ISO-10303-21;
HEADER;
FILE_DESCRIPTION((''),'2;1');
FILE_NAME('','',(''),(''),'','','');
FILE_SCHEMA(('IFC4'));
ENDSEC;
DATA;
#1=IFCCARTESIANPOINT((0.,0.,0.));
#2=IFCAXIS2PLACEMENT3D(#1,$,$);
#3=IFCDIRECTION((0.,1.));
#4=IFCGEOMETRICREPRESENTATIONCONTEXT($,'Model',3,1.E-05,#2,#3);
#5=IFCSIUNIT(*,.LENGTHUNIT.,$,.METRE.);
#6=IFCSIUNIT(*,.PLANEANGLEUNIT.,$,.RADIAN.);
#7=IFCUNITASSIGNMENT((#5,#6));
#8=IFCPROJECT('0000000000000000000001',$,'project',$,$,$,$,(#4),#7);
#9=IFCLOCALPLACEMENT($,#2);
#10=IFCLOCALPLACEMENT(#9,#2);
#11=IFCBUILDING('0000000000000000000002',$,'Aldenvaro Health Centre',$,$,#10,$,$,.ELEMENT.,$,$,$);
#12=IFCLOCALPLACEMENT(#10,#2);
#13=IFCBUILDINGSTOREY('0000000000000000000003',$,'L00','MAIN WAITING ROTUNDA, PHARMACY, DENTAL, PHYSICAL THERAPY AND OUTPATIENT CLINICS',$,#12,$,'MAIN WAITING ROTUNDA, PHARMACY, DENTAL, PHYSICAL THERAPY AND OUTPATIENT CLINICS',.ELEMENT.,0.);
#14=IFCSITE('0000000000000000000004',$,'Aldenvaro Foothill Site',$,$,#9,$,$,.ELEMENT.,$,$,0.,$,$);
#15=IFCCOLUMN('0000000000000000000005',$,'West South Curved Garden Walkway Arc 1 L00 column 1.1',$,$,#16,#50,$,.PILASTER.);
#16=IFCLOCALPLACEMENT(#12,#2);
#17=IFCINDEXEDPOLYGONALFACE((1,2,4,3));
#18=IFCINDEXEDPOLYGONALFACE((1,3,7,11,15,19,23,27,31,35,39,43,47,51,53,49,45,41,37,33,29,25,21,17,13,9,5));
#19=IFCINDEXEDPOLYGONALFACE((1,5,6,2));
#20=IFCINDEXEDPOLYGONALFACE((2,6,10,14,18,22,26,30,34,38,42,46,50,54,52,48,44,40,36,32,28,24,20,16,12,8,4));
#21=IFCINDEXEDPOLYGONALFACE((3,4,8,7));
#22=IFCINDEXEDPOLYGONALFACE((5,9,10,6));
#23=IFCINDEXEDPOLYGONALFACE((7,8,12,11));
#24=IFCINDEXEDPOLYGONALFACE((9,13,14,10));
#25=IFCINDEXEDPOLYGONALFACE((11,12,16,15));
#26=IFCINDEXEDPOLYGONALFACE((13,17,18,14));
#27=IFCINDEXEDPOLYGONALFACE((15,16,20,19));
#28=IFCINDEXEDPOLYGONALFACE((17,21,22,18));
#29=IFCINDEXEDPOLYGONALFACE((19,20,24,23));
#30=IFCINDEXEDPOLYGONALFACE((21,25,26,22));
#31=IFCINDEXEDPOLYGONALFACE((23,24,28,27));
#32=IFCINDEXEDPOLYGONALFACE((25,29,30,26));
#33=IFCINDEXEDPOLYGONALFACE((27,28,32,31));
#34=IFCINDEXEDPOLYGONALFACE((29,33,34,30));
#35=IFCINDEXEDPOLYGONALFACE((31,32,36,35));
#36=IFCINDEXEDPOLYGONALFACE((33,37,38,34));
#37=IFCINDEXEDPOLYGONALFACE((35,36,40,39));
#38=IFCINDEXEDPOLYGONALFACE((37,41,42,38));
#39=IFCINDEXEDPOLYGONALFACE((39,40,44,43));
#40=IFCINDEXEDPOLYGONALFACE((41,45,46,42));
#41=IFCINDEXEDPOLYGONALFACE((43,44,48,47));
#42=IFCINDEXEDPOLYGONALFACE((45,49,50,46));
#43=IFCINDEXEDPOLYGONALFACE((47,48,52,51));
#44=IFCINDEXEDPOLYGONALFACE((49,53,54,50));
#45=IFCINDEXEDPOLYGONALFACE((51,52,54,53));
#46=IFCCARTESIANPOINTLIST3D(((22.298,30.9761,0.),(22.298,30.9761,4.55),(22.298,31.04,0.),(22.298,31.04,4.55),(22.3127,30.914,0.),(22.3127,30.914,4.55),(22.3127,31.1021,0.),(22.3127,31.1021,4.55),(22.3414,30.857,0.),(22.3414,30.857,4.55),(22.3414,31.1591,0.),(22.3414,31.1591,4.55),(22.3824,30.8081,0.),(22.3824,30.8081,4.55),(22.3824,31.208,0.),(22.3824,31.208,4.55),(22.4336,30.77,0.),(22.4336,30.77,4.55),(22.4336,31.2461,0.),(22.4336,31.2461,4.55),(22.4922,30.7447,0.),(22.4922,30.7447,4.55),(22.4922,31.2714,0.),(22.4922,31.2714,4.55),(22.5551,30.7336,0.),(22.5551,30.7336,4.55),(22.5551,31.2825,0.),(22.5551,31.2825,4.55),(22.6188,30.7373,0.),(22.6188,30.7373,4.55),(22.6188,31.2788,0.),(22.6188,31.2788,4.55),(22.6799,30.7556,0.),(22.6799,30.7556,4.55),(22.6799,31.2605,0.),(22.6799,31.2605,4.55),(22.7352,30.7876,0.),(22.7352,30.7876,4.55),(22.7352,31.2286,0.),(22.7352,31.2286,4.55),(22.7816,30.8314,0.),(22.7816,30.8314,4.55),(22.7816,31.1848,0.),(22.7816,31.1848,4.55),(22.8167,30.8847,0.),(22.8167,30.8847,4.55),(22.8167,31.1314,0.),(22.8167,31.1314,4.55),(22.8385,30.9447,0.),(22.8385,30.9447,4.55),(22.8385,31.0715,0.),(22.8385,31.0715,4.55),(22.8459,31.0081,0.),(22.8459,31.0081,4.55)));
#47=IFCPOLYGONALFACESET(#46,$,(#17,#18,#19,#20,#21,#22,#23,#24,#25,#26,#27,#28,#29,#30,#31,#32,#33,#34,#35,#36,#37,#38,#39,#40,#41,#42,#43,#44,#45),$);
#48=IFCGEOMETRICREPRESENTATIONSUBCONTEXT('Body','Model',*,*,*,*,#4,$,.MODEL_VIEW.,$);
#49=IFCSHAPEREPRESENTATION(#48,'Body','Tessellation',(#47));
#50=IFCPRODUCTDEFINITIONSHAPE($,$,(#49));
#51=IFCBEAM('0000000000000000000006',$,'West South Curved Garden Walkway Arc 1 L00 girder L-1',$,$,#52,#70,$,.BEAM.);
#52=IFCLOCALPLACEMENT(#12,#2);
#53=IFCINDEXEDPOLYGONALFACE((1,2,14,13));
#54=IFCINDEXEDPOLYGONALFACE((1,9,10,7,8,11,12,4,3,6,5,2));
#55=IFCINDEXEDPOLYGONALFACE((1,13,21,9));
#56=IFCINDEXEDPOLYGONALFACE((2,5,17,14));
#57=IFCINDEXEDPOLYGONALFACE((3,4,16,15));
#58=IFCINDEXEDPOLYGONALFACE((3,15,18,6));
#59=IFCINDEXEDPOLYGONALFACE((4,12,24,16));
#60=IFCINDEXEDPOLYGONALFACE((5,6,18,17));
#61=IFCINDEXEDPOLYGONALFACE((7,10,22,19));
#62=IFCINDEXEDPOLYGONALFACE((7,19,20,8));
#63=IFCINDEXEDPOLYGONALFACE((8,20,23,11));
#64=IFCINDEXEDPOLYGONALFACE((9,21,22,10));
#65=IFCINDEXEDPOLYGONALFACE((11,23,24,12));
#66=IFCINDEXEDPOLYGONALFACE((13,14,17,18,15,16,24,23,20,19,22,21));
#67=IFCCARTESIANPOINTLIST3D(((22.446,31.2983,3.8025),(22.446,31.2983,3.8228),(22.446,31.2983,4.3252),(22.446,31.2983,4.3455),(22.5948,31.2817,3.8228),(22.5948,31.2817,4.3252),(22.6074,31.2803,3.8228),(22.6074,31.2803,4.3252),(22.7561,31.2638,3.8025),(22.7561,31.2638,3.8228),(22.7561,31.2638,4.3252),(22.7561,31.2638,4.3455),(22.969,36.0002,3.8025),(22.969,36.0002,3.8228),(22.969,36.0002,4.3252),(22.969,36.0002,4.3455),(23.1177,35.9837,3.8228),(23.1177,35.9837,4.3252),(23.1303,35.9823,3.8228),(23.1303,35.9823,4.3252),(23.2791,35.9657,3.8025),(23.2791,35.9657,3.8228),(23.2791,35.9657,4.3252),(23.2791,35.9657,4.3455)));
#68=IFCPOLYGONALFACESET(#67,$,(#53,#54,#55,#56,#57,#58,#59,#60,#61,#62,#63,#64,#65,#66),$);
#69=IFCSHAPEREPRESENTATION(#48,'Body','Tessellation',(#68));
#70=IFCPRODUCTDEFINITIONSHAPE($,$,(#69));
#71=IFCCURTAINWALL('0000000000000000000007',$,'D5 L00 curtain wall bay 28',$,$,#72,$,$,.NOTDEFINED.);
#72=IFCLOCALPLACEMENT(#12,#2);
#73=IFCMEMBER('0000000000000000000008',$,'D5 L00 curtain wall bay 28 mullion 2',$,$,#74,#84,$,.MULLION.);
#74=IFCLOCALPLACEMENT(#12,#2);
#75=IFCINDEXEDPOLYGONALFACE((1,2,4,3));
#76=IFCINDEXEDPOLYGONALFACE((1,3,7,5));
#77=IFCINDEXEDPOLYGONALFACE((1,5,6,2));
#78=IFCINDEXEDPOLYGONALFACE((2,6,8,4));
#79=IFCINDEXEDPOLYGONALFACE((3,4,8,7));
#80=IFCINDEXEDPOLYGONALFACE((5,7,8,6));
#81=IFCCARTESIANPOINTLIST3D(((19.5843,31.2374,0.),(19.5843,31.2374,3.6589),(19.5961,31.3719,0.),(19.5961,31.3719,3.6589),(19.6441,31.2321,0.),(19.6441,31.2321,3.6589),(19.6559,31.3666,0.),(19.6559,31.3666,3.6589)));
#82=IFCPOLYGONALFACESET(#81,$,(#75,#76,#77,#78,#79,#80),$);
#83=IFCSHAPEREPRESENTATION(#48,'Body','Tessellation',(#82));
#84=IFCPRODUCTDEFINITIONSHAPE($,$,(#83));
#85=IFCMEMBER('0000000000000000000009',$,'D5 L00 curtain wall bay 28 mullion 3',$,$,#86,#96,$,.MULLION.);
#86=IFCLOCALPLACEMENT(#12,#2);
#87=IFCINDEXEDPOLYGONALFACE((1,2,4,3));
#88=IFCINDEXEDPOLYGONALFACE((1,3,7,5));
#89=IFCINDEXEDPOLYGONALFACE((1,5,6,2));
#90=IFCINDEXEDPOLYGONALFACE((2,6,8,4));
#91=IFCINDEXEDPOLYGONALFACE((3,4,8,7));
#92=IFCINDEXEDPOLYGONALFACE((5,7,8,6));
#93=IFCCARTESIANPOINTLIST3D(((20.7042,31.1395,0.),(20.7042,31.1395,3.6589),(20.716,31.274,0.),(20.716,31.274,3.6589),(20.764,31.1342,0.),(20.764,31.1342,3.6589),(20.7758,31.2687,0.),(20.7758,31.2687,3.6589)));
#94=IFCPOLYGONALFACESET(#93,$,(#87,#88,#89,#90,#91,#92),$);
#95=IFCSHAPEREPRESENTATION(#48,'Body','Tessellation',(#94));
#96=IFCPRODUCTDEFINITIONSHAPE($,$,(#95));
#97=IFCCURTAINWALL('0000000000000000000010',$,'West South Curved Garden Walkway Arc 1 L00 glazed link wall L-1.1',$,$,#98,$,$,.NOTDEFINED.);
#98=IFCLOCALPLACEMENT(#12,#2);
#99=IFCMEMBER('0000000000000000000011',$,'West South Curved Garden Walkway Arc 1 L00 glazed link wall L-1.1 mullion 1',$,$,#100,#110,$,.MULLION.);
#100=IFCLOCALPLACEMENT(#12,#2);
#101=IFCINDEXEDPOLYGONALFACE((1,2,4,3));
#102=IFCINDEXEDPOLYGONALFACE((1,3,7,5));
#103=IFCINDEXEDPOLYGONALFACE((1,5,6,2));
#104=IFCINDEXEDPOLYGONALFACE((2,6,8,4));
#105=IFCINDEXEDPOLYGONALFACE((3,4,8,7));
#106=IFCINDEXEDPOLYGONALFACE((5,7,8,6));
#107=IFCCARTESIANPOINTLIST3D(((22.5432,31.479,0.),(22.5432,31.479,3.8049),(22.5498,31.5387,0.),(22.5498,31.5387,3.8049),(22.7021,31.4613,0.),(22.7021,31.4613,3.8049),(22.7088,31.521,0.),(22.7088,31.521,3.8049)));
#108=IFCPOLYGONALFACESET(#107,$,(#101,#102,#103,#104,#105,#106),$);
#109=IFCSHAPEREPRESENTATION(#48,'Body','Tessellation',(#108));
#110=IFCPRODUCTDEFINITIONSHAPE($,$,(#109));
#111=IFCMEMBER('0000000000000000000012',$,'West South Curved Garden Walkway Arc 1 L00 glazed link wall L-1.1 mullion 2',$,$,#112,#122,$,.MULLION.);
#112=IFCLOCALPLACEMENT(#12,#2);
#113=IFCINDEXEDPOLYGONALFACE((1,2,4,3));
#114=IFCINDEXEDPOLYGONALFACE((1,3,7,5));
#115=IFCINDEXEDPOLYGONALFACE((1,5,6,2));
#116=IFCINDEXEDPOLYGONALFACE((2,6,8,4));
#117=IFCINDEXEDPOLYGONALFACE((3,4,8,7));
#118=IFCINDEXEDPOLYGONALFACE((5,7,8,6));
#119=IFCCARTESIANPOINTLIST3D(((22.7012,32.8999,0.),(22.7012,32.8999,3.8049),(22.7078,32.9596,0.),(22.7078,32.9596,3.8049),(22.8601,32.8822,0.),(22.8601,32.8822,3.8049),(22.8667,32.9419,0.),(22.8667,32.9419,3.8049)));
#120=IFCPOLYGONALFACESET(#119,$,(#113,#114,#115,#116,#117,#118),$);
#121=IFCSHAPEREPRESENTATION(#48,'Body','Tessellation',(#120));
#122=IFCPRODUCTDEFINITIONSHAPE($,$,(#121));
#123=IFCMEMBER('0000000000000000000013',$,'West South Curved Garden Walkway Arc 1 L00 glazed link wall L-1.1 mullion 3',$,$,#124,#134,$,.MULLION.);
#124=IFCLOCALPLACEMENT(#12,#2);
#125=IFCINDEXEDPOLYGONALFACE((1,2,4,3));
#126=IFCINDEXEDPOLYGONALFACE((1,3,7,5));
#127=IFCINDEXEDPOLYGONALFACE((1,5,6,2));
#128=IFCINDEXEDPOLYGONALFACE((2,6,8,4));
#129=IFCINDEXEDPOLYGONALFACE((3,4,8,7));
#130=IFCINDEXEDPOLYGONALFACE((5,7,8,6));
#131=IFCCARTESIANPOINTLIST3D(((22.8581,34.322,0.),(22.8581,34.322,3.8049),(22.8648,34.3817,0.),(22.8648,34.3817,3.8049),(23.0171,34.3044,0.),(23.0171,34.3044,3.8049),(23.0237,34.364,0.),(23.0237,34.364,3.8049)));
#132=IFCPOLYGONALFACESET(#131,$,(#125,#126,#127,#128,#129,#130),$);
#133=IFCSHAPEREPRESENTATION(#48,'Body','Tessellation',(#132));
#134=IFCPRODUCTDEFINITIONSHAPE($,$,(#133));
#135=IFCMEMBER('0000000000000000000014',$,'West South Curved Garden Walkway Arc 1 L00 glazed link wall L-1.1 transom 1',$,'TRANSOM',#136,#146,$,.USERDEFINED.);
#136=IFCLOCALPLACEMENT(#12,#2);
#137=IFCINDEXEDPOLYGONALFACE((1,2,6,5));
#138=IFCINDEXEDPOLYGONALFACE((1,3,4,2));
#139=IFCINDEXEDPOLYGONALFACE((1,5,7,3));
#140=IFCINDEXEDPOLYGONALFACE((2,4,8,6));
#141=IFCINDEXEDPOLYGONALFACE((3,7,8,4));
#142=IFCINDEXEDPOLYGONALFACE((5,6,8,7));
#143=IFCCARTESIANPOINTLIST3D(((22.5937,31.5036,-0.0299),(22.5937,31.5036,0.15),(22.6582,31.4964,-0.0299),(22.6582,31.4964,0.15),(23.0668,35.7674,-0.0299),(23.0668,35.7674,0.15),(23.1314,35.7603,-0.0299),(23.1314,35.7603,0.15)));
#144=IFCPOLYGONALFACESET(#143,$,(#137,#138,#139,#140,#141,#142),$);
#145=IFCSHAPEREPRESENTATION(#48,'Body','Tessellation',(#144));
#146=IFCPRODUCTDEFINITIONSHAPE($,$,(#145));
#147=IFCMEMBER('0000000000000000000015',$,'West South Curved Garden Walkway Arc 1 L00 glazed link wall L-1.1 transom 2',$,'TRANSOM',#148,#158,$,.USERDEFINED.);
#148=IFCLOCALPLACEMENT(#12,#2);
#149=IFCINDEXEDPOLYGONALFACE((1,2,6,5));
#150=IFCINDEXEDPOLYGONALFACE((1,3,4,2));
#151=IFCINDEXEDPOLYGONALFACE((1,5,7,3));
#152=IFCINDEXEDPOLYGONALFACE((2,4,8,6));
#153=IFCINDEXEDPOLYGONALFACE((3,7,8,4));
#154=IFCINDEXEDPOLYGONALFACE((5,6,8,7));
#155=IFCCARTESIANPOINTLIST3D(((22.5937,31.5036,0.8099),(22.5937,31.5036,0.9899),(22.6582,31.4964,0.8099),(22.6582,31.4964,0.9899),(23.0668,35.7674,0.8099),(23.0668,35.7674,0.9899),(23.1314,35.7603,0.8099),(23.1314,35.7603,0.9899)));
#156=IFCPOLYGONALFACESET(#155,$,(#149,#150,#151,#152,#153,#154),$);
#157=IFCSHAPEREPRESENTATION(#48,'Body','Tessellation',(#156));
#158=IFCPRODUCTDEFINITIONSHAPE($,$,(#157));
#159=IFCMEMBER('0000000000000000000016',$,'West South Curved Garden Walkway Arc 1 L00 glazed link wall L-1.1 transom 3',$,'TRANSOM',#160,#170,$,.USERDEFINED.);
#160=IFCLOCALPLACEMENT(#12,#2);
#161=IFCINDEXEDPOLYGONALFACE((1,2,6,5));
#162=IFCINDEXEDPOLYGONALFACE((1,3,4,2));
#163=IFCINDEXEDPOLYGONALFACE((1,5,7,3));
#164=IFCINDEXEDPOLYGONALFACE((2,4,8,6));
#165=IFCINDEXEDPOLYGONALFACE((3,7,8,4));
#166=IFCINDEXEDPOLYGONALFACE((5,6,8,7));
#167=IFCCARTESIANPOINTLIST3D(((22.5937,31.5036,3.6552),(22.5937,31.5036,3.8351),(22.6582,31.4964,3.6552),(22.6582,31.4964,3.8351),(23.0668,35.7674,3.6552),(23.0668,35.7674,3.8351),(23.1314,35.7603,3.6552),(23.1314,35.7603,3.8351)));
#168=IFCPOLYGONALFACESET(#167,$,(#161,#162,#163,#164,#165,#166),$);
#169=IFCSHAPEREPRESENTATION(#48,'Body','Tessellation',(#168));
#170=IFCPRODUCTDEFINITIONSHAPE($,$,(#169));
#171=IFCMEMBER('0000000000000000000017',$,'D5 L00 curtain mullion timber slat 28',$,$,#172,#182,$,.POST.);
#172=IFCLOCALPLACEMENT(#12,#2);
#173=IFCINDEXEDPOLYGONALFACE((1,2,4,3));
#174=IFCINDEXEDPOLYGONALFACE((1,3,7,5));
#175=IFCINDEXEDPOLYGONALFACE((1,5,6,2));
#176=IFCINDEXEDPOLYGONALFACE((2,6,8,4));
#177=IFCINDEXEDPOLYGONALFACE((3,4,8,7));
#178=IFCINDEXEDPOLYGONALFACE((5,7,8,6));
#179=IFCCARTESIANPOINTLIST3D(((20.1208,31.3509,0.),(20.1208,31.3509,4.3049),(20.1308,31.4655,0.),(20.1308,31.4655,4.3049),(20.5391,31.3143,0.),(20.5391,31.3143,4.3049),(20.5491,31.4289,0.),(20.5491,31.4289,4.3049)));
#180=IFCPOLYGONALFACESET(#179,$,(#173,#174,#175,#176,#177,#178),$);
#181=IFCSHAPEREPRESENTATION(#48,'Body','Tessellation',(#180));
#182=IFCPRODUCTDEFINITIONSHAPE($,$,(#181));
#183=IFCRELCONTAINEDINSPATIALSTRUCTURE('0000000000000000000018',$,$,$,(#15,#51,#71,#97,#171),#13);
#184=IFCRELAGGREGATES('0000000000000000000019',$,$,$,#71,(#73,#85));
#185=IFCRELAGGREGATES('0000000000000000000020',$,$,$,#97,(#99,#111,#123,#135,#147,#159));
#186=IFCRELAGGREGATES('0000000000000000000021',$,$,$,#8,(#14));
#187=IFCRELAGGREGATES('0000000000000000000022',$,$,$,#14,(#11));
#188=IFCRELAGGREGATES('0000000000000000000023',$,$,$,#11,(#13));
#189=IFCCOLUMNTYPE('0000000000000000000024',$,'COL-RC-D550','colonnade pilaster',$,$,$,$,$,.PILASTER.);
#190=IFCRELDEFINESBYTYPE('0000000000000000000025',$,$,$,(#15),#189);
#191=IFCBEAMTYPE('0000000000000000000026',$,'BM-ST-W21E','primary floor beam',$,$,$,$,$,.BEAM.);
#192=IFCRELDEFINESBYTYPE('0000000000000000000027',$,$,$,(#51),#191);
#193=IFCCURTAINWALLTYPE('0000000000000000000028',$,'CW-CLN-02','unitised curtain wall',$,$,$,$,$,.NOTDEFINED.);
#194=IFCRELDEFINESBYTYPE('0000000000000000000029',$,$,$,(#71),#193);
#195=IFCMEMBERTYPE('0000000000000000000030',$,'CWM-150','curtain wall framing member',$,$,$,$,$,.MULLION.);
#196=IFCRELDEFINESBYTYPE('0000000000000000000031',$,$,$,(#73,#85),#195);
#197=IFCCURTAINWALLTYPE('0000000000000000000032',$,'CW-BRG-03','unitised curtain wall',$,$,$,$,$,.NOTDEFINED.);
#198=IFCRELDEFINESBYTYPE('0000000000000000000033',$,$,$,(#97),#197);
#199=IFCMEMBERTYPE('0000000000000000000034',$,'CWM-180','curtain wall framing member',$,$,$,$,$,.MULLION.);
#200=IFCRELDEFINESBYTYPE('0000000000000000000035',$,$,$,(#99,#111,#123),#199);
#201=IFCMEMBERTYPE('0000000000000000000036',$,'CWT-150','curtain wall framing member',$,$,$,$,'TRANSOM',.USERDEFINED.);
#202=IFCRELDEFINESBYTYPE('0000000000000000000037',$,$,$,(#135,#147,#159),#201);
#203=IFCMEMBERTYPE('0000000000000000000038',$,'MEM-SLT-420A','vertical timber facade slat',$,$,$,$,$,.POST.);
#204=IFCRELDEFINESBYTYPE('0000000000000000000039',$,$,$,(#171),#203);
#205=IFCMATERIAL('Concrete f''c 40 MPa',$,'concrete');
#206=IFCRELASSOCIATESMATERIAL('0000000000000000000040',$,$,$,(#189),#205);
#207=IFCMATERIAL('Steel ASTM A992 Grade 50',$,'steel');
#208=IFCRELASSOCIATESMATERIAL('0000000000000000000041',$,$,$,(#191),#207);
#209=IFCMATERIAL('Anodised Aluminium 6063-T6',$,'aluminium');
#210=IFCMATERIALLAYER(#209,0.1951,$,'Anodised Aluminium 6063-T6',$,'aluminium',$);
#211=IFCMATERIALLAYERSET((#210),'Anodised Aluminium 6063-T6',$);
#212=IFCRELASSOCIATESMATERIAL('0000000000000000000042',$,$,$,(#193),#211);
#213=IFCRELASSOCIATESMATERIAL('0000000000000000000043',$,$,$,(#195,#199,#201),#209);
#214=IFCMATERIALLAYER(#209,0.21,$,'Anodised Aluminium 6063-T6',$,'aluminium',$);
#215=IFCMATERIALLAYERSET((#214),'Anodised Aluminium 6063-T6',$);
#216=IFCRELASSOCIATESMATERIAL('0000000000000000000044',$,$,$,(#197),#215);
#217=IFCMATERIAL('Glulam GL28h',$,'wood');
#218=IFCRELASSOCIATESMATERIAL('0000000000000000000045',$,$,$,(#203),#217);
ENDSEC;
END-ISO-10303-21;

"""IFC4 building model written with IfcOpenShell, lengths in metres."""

from ifc_helpers import new_model, si_unit, direction, frame, origin, origin_2d, place, context, subcontext, project, spatial, rectangle, circle, i_section, extrude, material, layer, layer_set, material_profile, profile_set, type_object, element, aggregate, save


model = new_model("IFC4")

# Units and contexts
model_context = context("Model", 3, precision=1e-05, world=origin(), true_north=direction((0.0, 1.0)))
body_context = subcontext(model_context, "Body", "Model", "MODEL_VIEW")
ifc_project = project(units=[si_unit("LENGTHUNIT", "METRE"), si_unit("PLANEANGLEUNIT", "RADIAN")], contexts=[model_context])

# Site, building, storey
site_placement = place(None, origin())
site = spatial("IfcSite", under=ifc_project, at=site_placement, Name="Aldenvaro Foothill Site", CompositionType="ELEMENT", RefElevation=0.0)
building_placement = place(site_placement, origin())
building = spatial("IfcBuilding", under=site, at=building_placement, Name="Aldenvaro Health Centre", CompositionType="ELEMENT")
storey_placement = place(building_placement, origin())
storey = spatial("IfcBuildingStorey", under=building, at=storey_placement, Name="L00", Description="MAIN WAITING ROTUNDA, PHARMACY, DENTAL, PHYSICAL THERAPY AND OUTPATIENT CLINICS", LongName="MAIN WAITING ROTUNDA, PHARMACY, DENTAL, PHYSICAL THERAPY AND OUTPATIENT CLINICS", CompositionType="ELEMENT", Elevation=0.0)

# Column
ifc_material_1 = material(Name="Concrete f'c 40 MPa", Category="concrete")
ifc_material_profile_1 = material_profile(ifc_material_1, circle(Radius=0.2749, at=origin_2d()), Name="RC D550", Category="concrete")
ifc_profile_set_1 = profile_set([ifc_material_profile_1], Name="Concrete f'c 40 MPa")
column_type = type_object("IfcColumnType", Name="COL-RC-D550", Description="colonnade pilaster", PredefinedType="PILASTER", material=ifc_profile_set_1)
column_placement = place(storey_placement, frame((22.571, 31.0081, 0.0), z_axis=(0.0, 0.0, 1.0), x_axis=(1.0, 0.0, 0.0)))
element("IfcColumn", 1, at=column_placement, inside=storey, type_object=column_type, Name="West South Curved Garden Walkway Arc 1 L00 column 1.1", PredefinedType="PILASTER", context=body_context, shape_type="SweptSolid", body=[
    extrude(circle(Radius=0.2749, at=origin_2d()), origin(), (0.0, 0.0, 1.0), 4.55),
])

# Beam
ifc_material_2 = material(Name="Steel ASTM A992 Grade 50", Category="steel")
ifc_material_profile_2 = material_profile(ifc_material_2, i_section(OverallWidth=0.312, OverallDepth=0.543, WebThickness=0.0127, FlangeThickness=0.0203, at=origin_2d()), Name="W21X101", Category="steel")
ifc_profile_set_2 = profile_set([ifc_material_profile_2], Name="Steel ASTM A992 Grade 50")
beam_type = type_object("IfcBeamType", Name="BM-ST-W21E", Description="primary floor beam", PredefinedType="BEAM", material=ifc_profile_set_2)
beam_placement = place(storey_placement, frame((22.6011, 31.281, 4.074), z_axis=(0.110539, 0.993872, 0.0), x_axis=(-0.993872, 0.110539, 0.0)))
element("IfcBeam", 2, at=beam_placement, inside=storey, type_object=beam_type, Name="West South Curved Garden Walkway Arc 1 L00 girder L-1", PredefinedType="BEAM", context=body_context, shape_type="SweptSolid", body=[
    extrude(i_section(OverallWidth=0.312, OverallDepth=0.543, WebThickness=0.0127, FlangeThickness=0.0203, at=origin_2d()), origin(), (0.0, 0.0, 1.0), 4.731),
])

# Curtain walls, members
ifc_material_3 = material(Name="Anodised Aluminium 6063-T6", Category="aluminium")
ifc_layer_1 = layer(ifc_material_3, 0.1951, Name="Anodised Aluminium 6063-T6", Category="aluminium")
ifc_layer_set_1 = layer_set([ifc_layer_1], Name="Anodised Aluminium 6063-T6")
curtain_wall_type_1 = type_object("IfcCurtainWallType", Name="CW-CLN-02", Description="unitised curtain wall", PredefinedType="NOTDEFINED", material=ifc_layer_set_1)
curtain_wall_1_placement = place(storey_placement, origin())
curtain_wall_1 = element("IfcCurtainWall", 3, at=curtain_wall_1_placement, inside=storey, type_object=curtain_wall_type_1, Name="D5 L00 curtain wall bay 28", PredefinedType="NOTDEFINED")
ifc_material_profile_3 = material_profile(ifc_material_3, rectangle(XDim=0.0601, YDim=0.135, at=origin_2d()), Name="ALU 60x135", Category="aluminium")
ifc_profile_set_3 = profile_set([ifc_material_profile_3], Name="Anodised Aluminium 6063-T6")
member_type_1 = type_object("IfcMemberType", Name="CWM-150", Description="curtain wall framing member", PredefinedType="MULLION", material=ifc_profile_set_3)
member_1_placement = place(storey_placement, frame((19.6201, 31.302, 0.0), z_axis=(0.0, 0.0, 1.0), x_axis=(0.996194, -0.087167, 0.0)))
member_1 = element("IfcMember", 4, at=member_1_placement, type_object=member_type_1, Name="D5 L00 curtain wall bay 28 mullion 2", PredefinedType="MULLION", context=body_context, shape_type="SweptSolid", body=[
    extrude(rectangle(XDim=0.0601, YDim=0.135, at=origin_2d()), origin(), (0.0, 0.0, 1.0), 3.6589),
])
member_2_placement = place(storey_placement, frame((20.74, 31.2041, 0.0), z_axis=(0.0, 0.0, 1.0), x_axis=(0.996194, -0.087167, 0.0)))
member_2 = element("IfcMember", 5, at=member_2_placement, type_object=member_type_1, Name="D5 L00 curtain wall bay 28 mullion 3", PredefinedType="MULLION", context=body_context, shape_type="SweptSolid", body=[
    extrude(rectangle(XDim=0.0601, YDim=0.135, at=origin_2d()), origin(), (0.0, 0.0, 1.0), 3.6589),
])
ifc_layer_2 = layer(ifc_material_3, 0.21, Name="Anodised Aluminium 6063-T6", Category="aluminium")
ifc_layer_set_2 = layer_set([ifc_layer_2], Name="Anodised Aluminium 6063-T6")
curtain_wall_type_2 = type_object("IfcCurtainWallType", Name="CW-BRG-03", Description="unitised curtain wall", PredefinedType="NOTDEFINED", material=ifc_layer_set_2)
curtain_wall_2_placement = place(storey_placement, origin())
curtain_wall_2 = element("IfcCurtainWall", 6, at=curtain_wall_2_placement, inside=storey, type_object=curtain_wall_type_2, Name="West South Curved Garden Walkway Arc 1 L00 glazed link wall L-1.1", PredefinedType="NOTDEFINED")
ifc_material_profile_4 = material_profile(ifc_material_3, rectangle(XDim=0.0601, YDim=0.1599, at=origin_2d()), Name="ALU 60x160", Category="aluminium")
ifc_profile_set_4 = profile_set([ifc_material_profile_4], Name="Anodised Aluminium 6063-T6")
member_type_2 = type_object("IfcMemberType", Name="CWM-180", Description="curtain wall framing member", PredefinedType="MULLION", material=ifc_profile_set_4)
member_3_placement = place(storey_placement, frame((22.626, 31.5, 0.0), z_axis=(0.0, 0.0, 1.0), x_axis=(0.110252, 0.993904, 0.0)))
member_3 = element("IfcMember", 7, at=member_3_placement, type_object=member_type_2, Name="West South Curved Garden Walkway Arc 1 L00 glazed link wall L-1.1 mullion 1", PredefinedType="MULLION", context=body_context, shape_type="SweptSolid", body=[
    extrude(rectangle(XDim=0.0601, YDim=0.1599, at=origin_2d()), origin(), (0.0, 0.0, 1.0), 3.8049),
])
member_4_placement = place(storey_placement, frame((22.7839, 32.9209, 0.0), z_axis=(0.0, 0.0, 1.0), x_axis=(0.110252, 0.993904, 0.0)))
member_4 = element("IfcMember", 8, at=member_4_placement, type_object=member_type_2, Name="West South Curved Garden Walkway Arc 1 L00 glazed link wall L-1.1 mullion 2", PredefinedType="MULLION", context=body_context, shape_type="SweptSolid", body=[
    extrude(rectangle(XDim=0.0601, YDim=0.1599, at=origin_2d()), origin(), (0.0, 0.0, 1.0), 3.8049),
])
member_5_placement = place(storey_placement, frame((22.9409, 34.343, 0.0), z_axis=(0.0, 0.0, 1.0), x_axis=(0.110252, 0.993904, 0.0)))
member_5 = element("IfcMember", 9, at=member_5_placement, type_object=member_type_2, Name="West South Curved Garden Walkway Arc 1 L00 glazed link wall L-1.1 mullion 3", PredefinedType="MULLION", context=body_context, shape_type="SweptSolid", body=[
    extrude(rectangle(XDim=0.0601, YDim=0.1599, at=origin_2d()), origin(), (0.0, 0.0, 1.0), 3.8049),
])
ifc_material_profile_5 = material_profile(ifc_material_3, rectangle(XDim=0.0649, YDim=0.1799, at=origin_2d()), Name="ALU 65x180", Category="aluminium")
ifc_profile_set_5 = profile_set([ifc_material_profile_5], Name="Anodised Aluminium 6063-T6")
member_type_3 = type_object("IfcMemberType", Name="CWT-150", Description="curtain wall framing member", ElementType="TRANSOM", PredefinedType="USERDEFINED", material=ifc_profile_set_5)
member_6_placement = place(storey_placement, frame((22.626, 31.5, 0.0601), z_axis=(0.110288, 0.9939, 0.0), x_axis=(-0.9939, 0.110288, 0.0)))
member_6 = element("IfcMember", 10, at=member_6_placement, type_object=member_type_3, Name="West South Curved Garden Walkway Arc 1 L00 glazed link wall L-1.1 transom 1", ObjectType="TRANSOM", PredefinedType="USERDEFINED", context=body_context, shape_type="SweptSolid", body=[
    extrude(rectangle(XDim=0.0649, YDim=0.1799, at=origin_2d()), origin(), (0.0, 0.0, 1.0), 4.29),
])
member_7_placement = place(storey_placement, frame((22.626, 31.5, 0.8999), z_axis=(0.110288, 0.9939, 0.0), x_axis=(-0.9939, 0.110288, 0.0)))
member_7 = element("IfcMember", 11, at=member_7_placement, type_object=member_type_3, Name="West South Curved Garden Walkway Arc 1 L00 glazed link wall L-1.1 transom 2", ObjectType="TRANSOM", PredefinedType="USERDEFINED", context=body_context, shape_type="SweptSolid", body=[
    extrude(rectangle(XDim=0.0649, YDim=0.1799, at=origin_2d()), origin(), (0.0, 0.0, 1.0), 4.29),
])
member_8_placement = place(storey_placement, frame((22.626, 31.5, 3.7451), z_axis=(0.110288, 0.9939, 0.0), x_axis=(-0.9939, 0.110288, 0.0)))
member_8 = element("IfcMember", 12, at=member_8_placement, type_object=member_type_3, Name="West South Curved Garden Walkway Arc 1 L00 glazed link wall L-1.1 transom 3", ObjectType="TRANSOM", PredefinedType="USERDEFINED", context=body_context, shape_type="SweptSolid", body=[
    extrude(rectangle(XDim=0.0649, YDim=0.1799, at=origin_2d()), origin(), (0.0, 0.0, 1.0), 4.29),
])

# Member
ifc_material_4 = material(Name="Glulam GL28h", Category="wood")
ifc_material_profile_6 = material_profile(ifc_material_4, rectangle(XDim=0.115, YDim=0.4199, at=origin_2d()), Name="GL 115x420", Category="wood")
ifc_profile_set_6 = profile_set([ifc_material_profile_6], Name="Glulam GL28h")
member_type_4 = type_object("IfcMemberType", Name="MEM-SLT-420A", Description="vertical timber facade slat", PredefinedType="POST", material=ifc_profile_set_6)
for number, where, z_axis, x_axis, name in (
    (13, (20.335, 31.3899, 0.0), (0.0, 0.0, 1.0), (0.087167, 0.996194, 0.0), "D5 L00 curtain mullion timber slat 28"),
):
    element("IfcMember", number, at=place(storey_placement, frame(where, z_axis=z_axis, x_axis=x_axis)), inside=storey, type_object=member_type_4, Name=name, PredefinedType="POST", context=body_context, shape_type="SweptSolid", body=[
        extrude(rectangle(XDim=0.115, YDim=0.4199, at=origin_2d()), origin(), (0.0, 0.0, 1.0), 4.3049),
    ])

aggregate(curtain_wall_1, [member_1, member_2])
aggregate(curtain_wall_2, [member_3, member_4, member_5, member_6, member_7, member_8])

save(model, "model.ifc")
